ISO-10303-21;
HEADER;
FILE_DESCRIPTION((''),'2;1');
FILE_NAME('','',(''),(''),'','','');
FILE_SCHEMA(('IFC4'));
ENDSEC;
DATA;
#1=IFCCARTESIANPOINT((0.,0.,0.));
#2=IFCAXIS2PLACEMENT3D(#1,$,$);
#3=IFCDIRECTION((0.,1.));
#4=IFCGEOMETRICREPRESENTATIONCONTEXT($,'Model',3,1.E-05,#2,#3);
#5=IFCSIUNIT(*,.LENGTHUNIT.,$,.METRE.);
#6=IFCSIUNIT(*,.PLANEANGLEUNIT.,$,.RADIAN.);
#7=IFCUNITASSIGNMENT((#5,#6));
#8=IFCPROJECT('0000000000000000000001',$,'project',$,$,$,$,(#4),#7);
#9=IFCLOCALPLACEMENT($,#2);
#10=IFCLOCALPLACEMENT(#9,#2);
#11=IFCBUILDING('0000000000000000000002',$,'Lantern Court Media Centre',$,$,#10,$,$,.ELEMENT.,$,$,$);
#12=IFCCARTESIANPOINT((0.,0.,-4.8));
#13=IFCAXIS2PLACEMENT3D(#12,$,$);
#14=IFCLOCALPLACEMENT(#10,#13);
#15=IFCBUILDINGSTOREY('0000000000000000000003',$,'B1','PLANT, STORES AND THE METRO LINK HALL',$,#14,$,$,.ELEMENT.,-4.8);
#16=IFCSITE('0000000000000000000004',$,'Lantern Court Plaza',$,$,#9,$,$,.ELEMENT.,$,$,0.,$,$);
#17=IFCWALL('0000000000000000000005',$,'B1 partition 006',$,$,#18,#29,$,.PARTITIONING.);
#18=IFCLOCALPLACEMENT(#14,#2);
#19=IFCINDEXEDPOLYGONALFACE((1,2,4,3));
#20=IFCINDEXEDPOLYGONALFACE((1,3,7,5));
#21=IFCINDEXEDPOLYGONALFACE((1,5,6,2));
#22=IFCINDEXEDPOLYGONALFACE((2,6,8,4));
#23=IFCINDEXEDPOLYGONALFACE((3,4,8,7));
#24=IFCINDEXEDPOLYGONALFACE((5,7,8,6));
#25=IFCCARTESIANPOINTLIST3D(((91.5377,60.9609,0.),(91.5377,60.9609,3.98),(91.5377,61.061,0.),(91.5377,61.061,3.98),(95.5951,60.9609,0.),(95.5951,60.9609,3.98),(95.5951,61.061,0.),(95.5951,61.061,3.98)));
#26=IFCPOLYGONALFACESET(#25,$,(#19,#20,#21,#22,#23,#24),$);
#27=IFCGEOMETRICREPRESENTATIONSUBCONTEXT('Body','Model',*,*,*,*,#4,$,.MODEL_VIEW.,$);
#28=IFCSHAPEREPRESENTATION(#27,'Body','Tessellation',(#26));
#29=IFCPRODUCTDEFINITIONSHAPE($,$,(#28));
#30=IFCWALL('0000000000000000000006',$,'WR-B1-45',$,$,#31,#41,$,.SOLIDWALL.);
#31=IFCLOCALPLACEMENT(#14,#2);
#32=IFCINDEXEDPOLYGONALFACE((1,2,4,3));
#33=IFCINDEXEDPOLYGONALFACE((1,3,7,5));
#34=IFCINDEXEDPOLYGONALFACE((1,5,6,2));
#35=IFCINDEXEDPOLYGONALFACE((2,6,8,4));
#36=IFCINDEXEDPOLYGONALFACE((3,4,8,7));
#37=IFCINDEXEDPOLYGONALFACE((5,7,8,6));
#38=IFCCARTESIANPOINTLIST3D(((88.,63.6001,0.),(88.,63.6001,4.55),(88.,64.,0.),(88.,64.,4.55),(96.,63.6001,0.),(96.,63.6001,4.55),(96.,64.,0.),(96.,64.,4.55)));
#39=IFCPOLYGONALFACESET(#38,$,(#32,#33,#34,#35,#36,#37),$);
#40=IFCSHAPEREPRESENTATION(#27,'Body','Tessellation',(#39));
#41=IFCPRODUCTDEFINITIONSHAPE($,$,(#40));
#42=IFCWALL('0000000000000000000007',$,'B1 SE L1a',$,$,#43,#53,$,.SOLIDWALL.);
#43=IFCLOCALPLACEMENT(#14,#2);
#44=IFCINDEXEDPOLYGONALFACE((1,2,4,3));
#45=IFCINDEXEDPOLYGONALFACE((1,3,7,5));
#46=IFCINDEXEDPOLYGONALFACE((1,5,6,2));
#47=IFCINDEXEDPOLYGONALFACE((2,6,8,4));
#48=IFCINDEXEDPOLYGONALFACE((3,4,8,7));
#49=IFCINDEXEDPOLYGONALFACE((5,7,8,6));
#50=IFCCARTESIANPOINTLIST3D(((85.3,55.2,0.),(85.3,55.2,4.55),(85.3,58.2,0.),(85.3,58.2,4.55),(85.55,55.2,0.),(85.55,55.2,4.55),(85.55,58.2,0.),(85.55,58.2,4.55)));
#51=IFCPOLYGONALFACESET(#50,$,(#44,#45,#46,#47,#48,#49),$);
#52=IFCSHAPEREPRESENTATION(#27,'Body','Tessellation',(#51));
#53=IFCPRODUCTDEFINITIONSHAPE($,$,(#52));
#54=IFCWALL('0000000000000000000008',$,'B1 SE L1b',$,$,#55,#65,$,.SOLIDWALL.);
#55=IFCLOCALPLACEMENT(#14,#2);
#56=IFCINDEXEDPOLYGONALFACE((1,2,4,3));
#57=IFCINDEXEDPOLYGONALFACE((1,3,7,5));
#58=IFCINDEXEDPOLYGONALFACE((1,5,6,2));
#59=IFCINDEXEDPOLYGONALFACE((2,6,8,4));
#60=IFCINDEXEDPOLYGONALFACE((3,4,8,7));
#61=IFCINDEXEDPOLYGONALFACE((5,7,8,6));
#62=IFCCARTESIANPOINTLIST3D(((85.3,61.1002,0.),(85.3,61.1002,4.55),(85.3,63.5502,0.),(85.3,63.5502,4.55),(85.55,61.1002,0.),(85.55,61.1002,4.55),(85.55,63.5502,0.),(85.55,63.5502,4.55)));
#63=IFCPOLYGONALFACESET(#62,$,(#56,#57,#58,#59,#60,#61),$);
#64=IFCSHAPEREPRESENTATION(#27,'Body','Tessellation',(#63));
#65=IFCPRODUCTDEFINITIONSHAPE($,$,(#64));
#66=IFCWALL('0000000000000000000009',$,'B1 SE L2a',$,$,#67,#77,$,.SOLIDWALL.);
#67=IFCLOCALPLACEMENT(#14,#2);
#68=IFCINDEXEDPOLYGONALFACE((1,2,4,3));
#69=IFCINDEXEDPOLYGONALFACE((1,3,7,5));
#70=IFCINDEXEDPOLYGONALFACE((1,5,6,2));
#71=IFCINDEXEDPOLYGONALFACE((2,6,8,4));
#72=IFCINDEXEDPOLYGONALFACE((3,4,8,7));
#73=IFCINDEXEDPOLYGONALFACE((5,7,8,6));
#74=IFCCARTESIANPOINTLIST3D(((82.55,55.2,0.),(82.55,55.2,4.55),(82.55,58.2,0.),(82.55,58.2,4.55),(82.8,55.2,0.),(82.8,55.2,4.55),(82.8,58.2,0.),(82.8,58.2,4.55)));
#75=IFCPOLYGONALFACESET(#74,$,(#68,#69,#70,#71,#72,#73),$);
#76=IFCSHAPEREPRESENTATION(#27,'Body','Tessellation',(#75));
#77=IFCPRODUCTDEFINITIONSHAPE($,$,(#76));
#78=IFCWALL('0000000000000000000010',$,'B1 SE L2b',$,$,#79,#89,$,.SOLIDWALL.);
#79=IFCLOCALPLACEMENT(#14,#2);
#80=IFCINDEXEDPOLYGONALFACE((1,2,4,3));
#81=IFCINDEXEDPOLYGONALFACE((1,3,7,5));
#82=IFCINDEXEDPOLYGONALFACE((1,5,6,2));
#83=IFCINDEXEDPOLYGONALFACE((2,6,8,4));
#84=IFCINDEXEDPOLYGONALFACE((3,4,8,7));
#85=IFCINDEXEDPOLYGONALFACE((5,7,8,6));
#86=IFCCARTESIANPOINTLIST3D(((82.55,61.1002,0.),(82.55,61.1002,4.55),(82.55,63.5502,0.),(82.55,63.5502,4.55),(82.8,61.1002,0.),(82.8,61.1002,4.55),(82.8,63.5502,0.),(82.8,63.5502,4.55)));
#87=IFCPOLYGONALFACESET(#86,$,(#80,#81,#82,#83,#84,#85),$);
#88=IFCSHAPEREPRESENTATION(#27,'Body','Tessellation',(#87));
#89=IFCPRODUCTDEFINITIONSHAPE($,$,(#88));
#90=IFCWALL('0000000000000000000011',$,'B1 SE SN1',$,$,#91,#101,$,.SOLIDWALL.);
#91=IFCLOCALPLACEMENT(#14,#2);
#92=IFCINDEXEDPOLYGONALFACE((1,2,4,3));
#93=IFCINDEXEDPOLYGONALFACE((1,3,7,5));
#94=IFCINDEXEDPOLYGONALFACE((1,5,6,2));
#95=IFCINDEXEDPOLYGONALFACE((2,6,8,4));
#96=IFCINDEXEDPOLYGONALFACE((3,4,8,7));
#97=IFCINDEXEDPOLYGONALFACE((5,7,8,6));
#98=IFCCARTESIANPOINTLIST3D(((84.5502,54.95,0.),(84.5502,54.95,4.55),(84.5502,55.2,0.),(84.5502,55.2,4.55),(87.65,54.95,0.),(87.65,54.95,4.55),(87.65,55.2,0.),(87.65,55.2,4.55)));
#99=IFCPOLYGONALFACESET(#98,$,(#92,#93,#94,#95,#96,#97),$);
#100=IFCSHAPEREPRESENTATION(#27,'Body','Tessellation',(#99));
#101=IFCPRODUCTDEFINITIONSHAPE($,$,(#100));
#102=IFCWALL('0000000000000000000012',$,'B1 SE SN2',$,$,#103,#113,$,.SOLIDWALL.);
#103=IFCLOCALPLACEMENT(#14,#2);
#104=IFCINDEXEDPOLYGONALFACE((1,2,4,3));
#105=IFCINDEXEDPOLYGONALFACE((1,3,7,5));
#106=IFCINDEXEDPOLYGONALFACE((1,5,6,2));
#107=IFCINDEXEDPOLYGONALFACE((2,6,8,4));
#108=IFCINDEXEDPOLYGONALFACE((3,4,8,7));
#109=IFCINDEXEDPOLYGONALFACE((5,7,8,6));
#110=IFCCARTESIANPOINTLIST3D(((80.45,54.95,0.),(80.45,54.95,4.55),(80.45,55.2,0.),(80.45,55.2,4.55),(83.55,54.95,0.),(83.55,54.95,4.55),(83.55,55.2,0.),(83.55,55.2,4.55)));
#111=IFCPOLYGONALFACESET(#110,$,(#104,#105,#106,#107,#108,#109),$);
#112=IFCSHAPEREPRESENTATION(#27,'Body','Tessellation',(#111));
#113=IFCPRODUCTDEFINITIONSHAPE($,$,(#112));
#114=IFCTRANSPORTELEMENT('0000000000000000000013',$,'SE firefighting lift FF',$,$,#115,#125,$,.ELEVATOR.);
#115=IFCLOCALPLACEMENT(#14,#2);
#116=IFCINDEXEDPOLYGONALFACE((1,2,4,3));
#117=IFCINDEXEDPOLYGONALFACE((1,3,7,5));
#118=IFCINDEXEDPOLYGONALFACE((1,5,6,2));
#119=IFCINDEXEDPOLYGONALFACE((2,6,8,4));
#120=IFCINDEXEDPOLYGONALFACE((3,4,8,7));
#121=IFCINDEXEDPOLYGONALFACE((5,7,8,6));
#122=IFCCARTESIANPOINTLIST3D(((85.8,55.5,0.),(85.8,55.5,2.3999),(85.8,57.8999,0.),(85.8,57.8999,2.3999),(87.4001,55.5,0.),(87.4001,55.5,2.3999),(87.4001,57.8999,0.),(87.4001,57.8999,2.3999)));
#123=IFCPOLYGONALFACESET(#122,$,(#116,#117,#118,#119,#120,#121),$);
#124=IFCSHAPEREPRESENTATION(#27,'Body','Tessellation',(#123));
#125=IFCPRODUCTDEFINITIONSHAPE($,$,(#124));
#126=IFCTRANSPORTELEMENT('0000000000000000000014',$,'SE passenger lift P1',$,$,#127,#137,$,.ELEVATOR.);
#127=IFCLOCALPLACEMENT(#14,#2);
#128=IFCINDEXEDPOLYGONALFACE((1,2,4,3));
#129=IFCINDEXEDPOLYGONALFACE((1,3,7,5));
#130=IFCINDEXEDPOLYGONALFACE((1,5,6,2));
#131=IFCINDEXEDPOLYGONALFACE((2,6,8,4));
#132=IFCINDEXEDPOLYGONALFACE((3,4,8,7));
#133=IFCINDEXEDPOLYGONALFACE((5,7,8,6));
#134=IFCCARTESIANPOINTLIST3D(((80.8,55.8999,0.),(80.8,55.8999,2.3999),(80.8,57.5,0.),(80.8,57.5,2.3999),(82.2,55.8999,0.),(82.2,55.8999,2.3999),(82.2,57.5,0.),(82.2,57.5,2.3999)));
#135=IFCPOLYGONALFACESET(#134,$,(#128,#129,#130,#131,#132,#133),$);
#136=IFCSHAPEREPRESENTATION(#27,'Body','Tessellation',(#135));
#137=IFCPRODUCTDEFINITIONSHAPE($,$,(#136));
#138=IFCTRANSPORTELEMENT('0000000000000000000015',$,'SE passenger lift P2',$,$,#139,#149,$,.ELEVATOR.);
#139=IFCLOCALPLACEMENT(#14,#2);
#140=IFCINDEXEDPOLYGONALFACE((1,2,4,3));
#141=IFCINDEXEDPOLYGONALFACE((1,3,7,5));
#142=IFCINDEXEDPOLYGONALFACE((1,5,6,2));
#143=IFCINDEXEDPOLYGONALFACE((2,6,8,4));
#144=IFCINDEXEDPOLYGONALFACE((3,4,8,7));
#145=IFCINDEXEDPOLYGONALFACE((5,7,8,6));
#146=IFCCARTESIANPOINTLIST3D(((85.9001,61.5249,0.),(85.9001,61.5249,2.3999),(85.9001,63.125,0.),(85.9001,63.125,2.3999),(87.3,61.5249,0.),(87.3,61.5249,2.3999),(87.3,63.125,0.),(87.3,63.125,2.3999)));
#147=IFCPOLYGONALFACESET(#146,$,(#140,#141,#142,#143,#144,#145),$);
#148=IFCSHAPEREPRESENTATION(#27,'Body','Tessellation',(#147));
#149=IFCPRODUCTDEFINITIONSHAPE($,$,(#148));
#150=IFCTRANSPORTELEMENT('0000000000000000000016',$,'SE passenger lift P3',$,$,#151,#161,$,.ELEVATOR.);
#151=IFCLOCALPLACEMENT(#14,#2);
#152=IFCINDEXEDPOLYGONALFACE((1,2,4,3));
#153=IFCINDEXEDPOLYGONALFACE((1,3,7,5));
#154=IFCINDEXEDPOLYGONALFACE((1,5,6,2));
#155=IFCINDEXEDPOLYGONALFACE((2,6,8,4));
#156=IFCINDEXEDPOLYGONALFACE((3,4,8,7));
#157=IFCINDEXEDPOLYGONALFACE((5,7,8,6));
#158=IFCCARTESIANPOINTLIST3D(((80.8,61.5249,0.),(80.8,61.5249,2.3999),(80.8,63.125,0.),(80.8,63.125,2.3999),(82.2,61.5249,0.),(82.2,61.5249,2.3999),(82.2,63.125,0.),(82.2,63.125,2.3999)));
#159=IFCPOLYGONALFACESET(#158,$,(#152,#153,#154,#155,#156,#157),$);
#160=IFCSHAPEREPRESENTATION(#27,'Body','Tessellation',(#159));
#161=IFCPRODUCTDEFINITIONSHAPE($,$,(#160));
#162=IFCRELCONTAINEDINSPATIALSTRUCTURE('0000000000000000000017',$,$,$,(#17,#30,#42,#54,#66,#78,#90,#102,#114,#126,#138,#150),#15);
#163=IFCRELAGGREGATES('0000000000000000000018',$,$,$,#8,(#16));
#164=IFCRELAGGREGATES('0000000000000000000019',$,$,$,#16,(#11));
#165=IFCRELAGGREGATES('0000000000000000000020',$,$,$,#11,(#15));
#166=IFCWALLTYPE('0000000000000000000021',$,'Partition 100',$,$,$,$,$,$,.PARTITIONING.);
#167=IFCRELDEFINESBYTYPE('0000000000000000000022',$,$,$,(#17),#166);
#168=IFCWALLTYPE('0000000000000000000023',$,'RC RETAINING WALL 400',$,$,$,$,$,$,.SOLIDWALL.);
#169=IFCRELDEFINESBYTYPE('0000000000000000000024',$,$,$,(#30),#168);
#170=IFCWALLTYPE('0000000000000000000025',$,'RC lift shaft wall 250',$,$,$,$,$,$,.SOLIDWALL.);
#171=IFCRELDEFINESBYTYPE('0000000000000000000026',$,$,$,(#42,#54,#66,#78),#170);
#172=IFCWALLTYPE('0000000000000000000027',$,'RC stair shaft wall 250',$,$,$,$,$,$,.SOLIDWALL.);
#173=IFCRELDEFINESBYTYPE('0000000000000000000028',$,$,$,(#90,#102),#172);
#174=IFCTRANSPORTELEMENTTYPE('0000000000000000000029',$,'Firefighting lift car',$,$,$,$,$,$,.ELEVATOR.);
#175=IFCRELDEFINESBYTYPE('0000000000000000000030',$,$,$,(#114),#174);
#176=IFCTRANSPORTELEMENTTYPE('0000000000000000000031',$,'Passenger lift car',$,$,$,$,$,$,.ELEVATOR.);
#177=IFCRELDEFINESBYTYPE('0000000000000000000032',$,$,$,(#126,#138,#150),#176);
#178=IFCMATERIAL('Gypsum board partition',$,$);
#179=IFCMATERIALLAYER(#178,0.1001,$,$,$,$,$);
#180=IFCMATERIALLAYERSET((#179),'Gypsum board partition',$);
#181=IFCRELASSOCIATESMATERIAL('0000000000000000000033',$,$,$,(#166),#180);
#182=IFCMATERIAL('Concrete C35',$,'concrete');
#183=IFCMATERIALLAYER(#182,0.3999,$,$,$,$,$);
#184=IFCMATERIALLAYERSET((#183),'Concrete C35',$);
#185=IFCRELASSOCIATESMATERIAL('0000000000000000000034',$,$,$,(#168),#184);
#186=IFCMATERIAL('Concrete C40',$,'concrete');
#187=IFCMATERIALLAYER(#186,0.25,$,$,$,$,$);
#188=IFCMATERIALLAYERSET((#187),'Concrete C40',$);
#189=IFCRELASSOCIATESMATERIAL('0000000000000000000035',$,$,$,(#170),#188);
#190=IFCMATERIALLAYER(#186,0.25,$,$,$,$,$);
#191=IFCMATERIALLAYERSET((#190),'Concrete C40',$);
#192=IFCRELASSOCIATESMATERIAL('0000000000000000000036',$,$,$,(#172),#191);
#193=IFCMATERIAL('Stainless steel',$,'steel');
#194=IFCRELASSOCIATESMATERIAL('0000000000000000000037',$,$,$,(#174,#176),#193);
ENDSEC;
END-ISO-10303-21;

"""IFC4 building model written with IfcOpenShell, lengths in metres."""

from ifc_helpers import new_model, si_unit, direction, frame, frame_2d, origin, origin_2d, place, context, subcontext, project, spatial, rectangle, extrude, material, layer, layer_set, type_object, element, save


model = new_model("IFC4")

# Units and contexts
model_context = context("Model", 3, precision=1e-05, world=origin(), true_north=direction((0.0, 1.0)))
body_context = subcontext(model_context, "Body", "Model", "MODEL_VIEW")
ifc_project = project(units=[si_unit("LENGTHUNIT", "METRE"), si_unit("PLANEANGLEUNIT", "RADIAN")], contexts=[model_context])

# Site, building, storey
site_placement = place(None, origin())
site = spatial("IfcSite", under=ifc_project, at=site_placement, Name="Lantern Court Plaza", CompositionType="ELEMENT", RefElevation=0.0)
building_placement = place(site_placement, origin())
building = spatial("IfcBuilding", under=site, at=building_placement, Name="Lantern Court Media Centre", CompositionType="ELEMENT")
storey_placement = place(building_placement, frame((0.0, 0.0, -4.8)))
storey = spatial("IfcBuildingStorey", under=building, at=storey_placement, Name="B1", Description="PLANT, STORES AND THE METRO LINK HALL", CompositionType="ELEMENT", Elevation=-4.8)

# Shared definitions
ifc_material_1 = material(Name="Concrete C35", Category="concrete")

# Shared definitions
ifc_material_2 = material(Name="Concrete C40", Category="concrete")

# Walls
ifc_material_3 = material(Name="Gypsum board partition")
ifc_layer_1 = layer(ifc_material_3, 0.1001)
ifc_layer_set_1 = layer_set([ifc_layer_1], Name="Gypsum board partition")
wall_type_1 = type_object("IfcWallType", Name="Partition 100", PredefinedType="PARTITIONING", material=ifc_layer_set_1)
wall_1_placement = place(storey_placement, frame((91.5376, 61.011, 0.0), z_axis=(0.0, 0.0, 1.0), x_axis=(1.0, 0.0, 0.0)))
element("IfcWall", 1, at=wall_1_placement, inside=storey, type_object=wall_type_1, Name="B1 partition 006", PredefinedType="PARTITIONING", context=body_context, shape_type="SweptSolid", body=[
    extrude(rectangle(XDim=4.0574, YDim=0.1001, at=frame_2d((2.0288, 0.0))), origin(), (0.0, 0.0, 1.0), 3.98),
])
ifc_layer_2 = layer(ifc_material_1, 0.3999)
ifc_layer_set_2 = layer_set([ifc_layer_2], Name="Concrete C35")
wall_type_2 = type_object("IfcWallType", Name="RC RETAINING WALL 400", PredefinedType="SOLIDWALL", material=ifc_layer_set_2)
wall_2_placement = place(storey_placement, frame((88.0, 63.8, 0.0), z_axis=(0.0, 0.0, 1.0), x_axis=(1.0, 0.0, 0.0)))
element("IfcWall", 2, at=wall_2_placement, inside=storey, type_object=wall_type_2, Name="WR-B1-45", PredefinedType="SOLIDWALL", context=body_context, shape_type="SweptSolid", body=[
    extrude(rectangle(XDim=8.0, YDim=0.3999, at=frame_2d((4.0, 0.0))), origin(), (0.0, 0.0, 1.0), 4.55),
])
ifc_layer_3 = layer(ifc_material_2, 0.25)
ifc_layer_set_3 = layer_set([ifc_layer_3], Name="Concrete C40")
wall_type_3 = type_object("IfcWallType", Name="RC lift shaft wall 250", PredefinedType="SOLIDWALL", material=ifc_layer_set_3)
wall_3_placement = place(storey_placement, frame((85.425, 55.2, 0.0), z_axis=(0.0, 0.0, 1.0), x_axis=(0.0, 1.0, 0.0)))
element("IfcWall", 3, at=wall_3_placement, inside=storey, type_object=wall_type_3, Name="B1 SE L1a", PredefinedType="SOLIDWALL", context=body_context, shape_type="SweptSolid", body=[
    extrude(rectangle(XDim=3.0, YDim=0.25, at=frame_2d((1.5, 0.0))), origin(), (0.0, 0.0, 1.0), 4.55),
])
wall_4_placement = place(storey_placement, frame((85.425, 61.1001, 0.0), z_axis=(0.0, 0.0, 1.0), x_axis=(0.0, 1.0, 0.0)))
element("IfcWall", 4, at=wall_4_placement, inside=storey, type_object=wall_type_3, Name="B1 SE L1b", PredefinedType="SOLIDWALL", context=body_context, shape_type="SweptSolid", body=[
    extrude(rectangle(XDim=2.45, YDim=0.25, at=frame_2d((1.2251, 0.0))), origin(), (0.0, 0.0, 1.0), 4.55),
])
wall_5_placement = place(storey_placement, frame((82.675, 55.2, 0.0), z_axis=(0.0, 0.0, 1.0), x_axis=(0.0, 1.0, 0.0)))
element("IfcWall", 5, at=wall_5_placement, inside=storey, type_object=wall_type_3, Name="B1 SE L2a", PredefinedType="SOLIDWALL", context=body_context, shape_type="SweptSolid", body=[
    extrude(rectangle(XDim=3.0, YDim=0.25, at=frame_2d((1.5, 0.0))), origin(), (0.0, 0.0, 1.0), 4.55),
])
wall_6_placement = place(storey_placement, frame((82.675, 61.1001, 0.0), z_axis=(0.0, 0.0, 1.0), x_axis=(0.0, 1.0, 0.0)))
element("IfcWall", 6, at=wall_6_placement, inside=storey, type_object=wall_type_3, Name="B1 SE L2b", PredefinedType="SOLIDWALL", context=body_context, shape_type="SweptSolid", body=[
    extrude(rectangle(XDim=2.45, YDim=0.25, at=frame_2d((1.2251, 0.0))), origin(), (0.0, 0.0, 1.0), 4.55),
])
ifc_layer_4 = layer(ifc_material_2, 0.25)
ifc_layer_set_4 = layer_set([ifc_layer_4], Name="Concrete C40")
wall_type_4 = type_object("IfcWallType", Name="RC stair shaft wall 250", PredefinedType="SOLIDWALL", material=ifc_layer_set_4)
wall_7_placement = place(storey_placement, frame((87.6499, 55.075, 0.0), z_axis=(0.0, 0.0, 1.0), x_axis=(-1.0, 0.0, 0.0)))
element("IfcWall", 7, at=wall_7_placement, inside=storey, type_object=wall_type_4, Name="B1 SE SN1", PredefinedType="SOLIDWALL", context=body_context, shape_type="SweptSolid", body=[
    extrude(rectangle(XDim=3.0999, YDim=0.25, at=frame_2d((1.5498, 0.0))), origin(), (0.0, 0.0, 1.0), 4.55),
])
wall_8_placement = place(storey_placement, frame((83.55, 55.075, 0.0), z_axis=(0.0, 0.0, 1.0), x_axis=(-1.0, 0.0, 0.0)))
element("IfcWall", 8, at=wall_8_placement, inside=storey, type_object=wall_type_4, Name="B1 SE SN2", PredefinedType="SOLIDWALL", context=body_context, shape_type="SweptSolid", body=[
    extrude(rectangle(XDim=3.1001, YDim=0.25, at=frame_2d((1.55, 0.0))), origin(), (0.0, 0.0, 1.0), 4.55),
])

# Transport elements
ifc_material_4 = material(Name="Stainless steel", Category="steel")
transport_element_type_1 = type_object("IfcTransportElementType", Name="Firefighting lift car", PredefinedType="ELEVATOR", material=ifc_material_4)
transport_element_placement = place(storey_placement, frame((86.6001, 56.7, 0.0), z_axis=(0.0, 0.0, 1.0), x_axis=(1.0, 0.0, 0.0)))
element("IfcTransportElement", 9, at=transport_element_placement, inside=storey, type_object=transport_element_type_1, Name="SE firefighting lift FF", PredefinedType="ELEVATOR", context=body_context, shape_type="SweptSolid", body=[
    extrude(rectangle(XDim=1.6001, YDim=2.3999, at=origin_2d()), origin(), (0.0, 0.0, 1.0), 2.3999),
])
transport_element_type_2 = type_object("IfcTransportElementType", Name="Passenger lift car", PredefinedType="ELEVATOR", material=ifc_material_4)
for number, where, z_axis, x_axis, name in (
    (10, (81.5, 56.7, 0.0), (0.0, 0.0, 1.0), (1.0, 0.0, 0.0), "SE passenger lift P1"),
    (11, (86.6001, 62.325, 0.0), (0.0, 0.0, 1.0), (1.0, 0.0, 0.0), "SE passenger lift P2"),
    (12, (81.5, 62.325, 0.0), (0.0, 0.0, 1.0), (1.0, 0.0, 0.0), "SE passenger lift P3"),
):
    element("IfcTransportElement", number, at=place(storey_placement, frame(where, z_axis=z_axis, x_axis=x_axis)), inside=storey, type_object=transport_element_type_2, Name=name, PredefinedType="ELEVATOR", context=body_context, shape_type="SweptSolid", body=[
        extrude(rectangle(XDim=1.3999, YDim=1.6001, at=origin_2d()), origin(), (0.0, 0.0, 1.0), 2.3999),
    ])

save(model, "model.ifc")
